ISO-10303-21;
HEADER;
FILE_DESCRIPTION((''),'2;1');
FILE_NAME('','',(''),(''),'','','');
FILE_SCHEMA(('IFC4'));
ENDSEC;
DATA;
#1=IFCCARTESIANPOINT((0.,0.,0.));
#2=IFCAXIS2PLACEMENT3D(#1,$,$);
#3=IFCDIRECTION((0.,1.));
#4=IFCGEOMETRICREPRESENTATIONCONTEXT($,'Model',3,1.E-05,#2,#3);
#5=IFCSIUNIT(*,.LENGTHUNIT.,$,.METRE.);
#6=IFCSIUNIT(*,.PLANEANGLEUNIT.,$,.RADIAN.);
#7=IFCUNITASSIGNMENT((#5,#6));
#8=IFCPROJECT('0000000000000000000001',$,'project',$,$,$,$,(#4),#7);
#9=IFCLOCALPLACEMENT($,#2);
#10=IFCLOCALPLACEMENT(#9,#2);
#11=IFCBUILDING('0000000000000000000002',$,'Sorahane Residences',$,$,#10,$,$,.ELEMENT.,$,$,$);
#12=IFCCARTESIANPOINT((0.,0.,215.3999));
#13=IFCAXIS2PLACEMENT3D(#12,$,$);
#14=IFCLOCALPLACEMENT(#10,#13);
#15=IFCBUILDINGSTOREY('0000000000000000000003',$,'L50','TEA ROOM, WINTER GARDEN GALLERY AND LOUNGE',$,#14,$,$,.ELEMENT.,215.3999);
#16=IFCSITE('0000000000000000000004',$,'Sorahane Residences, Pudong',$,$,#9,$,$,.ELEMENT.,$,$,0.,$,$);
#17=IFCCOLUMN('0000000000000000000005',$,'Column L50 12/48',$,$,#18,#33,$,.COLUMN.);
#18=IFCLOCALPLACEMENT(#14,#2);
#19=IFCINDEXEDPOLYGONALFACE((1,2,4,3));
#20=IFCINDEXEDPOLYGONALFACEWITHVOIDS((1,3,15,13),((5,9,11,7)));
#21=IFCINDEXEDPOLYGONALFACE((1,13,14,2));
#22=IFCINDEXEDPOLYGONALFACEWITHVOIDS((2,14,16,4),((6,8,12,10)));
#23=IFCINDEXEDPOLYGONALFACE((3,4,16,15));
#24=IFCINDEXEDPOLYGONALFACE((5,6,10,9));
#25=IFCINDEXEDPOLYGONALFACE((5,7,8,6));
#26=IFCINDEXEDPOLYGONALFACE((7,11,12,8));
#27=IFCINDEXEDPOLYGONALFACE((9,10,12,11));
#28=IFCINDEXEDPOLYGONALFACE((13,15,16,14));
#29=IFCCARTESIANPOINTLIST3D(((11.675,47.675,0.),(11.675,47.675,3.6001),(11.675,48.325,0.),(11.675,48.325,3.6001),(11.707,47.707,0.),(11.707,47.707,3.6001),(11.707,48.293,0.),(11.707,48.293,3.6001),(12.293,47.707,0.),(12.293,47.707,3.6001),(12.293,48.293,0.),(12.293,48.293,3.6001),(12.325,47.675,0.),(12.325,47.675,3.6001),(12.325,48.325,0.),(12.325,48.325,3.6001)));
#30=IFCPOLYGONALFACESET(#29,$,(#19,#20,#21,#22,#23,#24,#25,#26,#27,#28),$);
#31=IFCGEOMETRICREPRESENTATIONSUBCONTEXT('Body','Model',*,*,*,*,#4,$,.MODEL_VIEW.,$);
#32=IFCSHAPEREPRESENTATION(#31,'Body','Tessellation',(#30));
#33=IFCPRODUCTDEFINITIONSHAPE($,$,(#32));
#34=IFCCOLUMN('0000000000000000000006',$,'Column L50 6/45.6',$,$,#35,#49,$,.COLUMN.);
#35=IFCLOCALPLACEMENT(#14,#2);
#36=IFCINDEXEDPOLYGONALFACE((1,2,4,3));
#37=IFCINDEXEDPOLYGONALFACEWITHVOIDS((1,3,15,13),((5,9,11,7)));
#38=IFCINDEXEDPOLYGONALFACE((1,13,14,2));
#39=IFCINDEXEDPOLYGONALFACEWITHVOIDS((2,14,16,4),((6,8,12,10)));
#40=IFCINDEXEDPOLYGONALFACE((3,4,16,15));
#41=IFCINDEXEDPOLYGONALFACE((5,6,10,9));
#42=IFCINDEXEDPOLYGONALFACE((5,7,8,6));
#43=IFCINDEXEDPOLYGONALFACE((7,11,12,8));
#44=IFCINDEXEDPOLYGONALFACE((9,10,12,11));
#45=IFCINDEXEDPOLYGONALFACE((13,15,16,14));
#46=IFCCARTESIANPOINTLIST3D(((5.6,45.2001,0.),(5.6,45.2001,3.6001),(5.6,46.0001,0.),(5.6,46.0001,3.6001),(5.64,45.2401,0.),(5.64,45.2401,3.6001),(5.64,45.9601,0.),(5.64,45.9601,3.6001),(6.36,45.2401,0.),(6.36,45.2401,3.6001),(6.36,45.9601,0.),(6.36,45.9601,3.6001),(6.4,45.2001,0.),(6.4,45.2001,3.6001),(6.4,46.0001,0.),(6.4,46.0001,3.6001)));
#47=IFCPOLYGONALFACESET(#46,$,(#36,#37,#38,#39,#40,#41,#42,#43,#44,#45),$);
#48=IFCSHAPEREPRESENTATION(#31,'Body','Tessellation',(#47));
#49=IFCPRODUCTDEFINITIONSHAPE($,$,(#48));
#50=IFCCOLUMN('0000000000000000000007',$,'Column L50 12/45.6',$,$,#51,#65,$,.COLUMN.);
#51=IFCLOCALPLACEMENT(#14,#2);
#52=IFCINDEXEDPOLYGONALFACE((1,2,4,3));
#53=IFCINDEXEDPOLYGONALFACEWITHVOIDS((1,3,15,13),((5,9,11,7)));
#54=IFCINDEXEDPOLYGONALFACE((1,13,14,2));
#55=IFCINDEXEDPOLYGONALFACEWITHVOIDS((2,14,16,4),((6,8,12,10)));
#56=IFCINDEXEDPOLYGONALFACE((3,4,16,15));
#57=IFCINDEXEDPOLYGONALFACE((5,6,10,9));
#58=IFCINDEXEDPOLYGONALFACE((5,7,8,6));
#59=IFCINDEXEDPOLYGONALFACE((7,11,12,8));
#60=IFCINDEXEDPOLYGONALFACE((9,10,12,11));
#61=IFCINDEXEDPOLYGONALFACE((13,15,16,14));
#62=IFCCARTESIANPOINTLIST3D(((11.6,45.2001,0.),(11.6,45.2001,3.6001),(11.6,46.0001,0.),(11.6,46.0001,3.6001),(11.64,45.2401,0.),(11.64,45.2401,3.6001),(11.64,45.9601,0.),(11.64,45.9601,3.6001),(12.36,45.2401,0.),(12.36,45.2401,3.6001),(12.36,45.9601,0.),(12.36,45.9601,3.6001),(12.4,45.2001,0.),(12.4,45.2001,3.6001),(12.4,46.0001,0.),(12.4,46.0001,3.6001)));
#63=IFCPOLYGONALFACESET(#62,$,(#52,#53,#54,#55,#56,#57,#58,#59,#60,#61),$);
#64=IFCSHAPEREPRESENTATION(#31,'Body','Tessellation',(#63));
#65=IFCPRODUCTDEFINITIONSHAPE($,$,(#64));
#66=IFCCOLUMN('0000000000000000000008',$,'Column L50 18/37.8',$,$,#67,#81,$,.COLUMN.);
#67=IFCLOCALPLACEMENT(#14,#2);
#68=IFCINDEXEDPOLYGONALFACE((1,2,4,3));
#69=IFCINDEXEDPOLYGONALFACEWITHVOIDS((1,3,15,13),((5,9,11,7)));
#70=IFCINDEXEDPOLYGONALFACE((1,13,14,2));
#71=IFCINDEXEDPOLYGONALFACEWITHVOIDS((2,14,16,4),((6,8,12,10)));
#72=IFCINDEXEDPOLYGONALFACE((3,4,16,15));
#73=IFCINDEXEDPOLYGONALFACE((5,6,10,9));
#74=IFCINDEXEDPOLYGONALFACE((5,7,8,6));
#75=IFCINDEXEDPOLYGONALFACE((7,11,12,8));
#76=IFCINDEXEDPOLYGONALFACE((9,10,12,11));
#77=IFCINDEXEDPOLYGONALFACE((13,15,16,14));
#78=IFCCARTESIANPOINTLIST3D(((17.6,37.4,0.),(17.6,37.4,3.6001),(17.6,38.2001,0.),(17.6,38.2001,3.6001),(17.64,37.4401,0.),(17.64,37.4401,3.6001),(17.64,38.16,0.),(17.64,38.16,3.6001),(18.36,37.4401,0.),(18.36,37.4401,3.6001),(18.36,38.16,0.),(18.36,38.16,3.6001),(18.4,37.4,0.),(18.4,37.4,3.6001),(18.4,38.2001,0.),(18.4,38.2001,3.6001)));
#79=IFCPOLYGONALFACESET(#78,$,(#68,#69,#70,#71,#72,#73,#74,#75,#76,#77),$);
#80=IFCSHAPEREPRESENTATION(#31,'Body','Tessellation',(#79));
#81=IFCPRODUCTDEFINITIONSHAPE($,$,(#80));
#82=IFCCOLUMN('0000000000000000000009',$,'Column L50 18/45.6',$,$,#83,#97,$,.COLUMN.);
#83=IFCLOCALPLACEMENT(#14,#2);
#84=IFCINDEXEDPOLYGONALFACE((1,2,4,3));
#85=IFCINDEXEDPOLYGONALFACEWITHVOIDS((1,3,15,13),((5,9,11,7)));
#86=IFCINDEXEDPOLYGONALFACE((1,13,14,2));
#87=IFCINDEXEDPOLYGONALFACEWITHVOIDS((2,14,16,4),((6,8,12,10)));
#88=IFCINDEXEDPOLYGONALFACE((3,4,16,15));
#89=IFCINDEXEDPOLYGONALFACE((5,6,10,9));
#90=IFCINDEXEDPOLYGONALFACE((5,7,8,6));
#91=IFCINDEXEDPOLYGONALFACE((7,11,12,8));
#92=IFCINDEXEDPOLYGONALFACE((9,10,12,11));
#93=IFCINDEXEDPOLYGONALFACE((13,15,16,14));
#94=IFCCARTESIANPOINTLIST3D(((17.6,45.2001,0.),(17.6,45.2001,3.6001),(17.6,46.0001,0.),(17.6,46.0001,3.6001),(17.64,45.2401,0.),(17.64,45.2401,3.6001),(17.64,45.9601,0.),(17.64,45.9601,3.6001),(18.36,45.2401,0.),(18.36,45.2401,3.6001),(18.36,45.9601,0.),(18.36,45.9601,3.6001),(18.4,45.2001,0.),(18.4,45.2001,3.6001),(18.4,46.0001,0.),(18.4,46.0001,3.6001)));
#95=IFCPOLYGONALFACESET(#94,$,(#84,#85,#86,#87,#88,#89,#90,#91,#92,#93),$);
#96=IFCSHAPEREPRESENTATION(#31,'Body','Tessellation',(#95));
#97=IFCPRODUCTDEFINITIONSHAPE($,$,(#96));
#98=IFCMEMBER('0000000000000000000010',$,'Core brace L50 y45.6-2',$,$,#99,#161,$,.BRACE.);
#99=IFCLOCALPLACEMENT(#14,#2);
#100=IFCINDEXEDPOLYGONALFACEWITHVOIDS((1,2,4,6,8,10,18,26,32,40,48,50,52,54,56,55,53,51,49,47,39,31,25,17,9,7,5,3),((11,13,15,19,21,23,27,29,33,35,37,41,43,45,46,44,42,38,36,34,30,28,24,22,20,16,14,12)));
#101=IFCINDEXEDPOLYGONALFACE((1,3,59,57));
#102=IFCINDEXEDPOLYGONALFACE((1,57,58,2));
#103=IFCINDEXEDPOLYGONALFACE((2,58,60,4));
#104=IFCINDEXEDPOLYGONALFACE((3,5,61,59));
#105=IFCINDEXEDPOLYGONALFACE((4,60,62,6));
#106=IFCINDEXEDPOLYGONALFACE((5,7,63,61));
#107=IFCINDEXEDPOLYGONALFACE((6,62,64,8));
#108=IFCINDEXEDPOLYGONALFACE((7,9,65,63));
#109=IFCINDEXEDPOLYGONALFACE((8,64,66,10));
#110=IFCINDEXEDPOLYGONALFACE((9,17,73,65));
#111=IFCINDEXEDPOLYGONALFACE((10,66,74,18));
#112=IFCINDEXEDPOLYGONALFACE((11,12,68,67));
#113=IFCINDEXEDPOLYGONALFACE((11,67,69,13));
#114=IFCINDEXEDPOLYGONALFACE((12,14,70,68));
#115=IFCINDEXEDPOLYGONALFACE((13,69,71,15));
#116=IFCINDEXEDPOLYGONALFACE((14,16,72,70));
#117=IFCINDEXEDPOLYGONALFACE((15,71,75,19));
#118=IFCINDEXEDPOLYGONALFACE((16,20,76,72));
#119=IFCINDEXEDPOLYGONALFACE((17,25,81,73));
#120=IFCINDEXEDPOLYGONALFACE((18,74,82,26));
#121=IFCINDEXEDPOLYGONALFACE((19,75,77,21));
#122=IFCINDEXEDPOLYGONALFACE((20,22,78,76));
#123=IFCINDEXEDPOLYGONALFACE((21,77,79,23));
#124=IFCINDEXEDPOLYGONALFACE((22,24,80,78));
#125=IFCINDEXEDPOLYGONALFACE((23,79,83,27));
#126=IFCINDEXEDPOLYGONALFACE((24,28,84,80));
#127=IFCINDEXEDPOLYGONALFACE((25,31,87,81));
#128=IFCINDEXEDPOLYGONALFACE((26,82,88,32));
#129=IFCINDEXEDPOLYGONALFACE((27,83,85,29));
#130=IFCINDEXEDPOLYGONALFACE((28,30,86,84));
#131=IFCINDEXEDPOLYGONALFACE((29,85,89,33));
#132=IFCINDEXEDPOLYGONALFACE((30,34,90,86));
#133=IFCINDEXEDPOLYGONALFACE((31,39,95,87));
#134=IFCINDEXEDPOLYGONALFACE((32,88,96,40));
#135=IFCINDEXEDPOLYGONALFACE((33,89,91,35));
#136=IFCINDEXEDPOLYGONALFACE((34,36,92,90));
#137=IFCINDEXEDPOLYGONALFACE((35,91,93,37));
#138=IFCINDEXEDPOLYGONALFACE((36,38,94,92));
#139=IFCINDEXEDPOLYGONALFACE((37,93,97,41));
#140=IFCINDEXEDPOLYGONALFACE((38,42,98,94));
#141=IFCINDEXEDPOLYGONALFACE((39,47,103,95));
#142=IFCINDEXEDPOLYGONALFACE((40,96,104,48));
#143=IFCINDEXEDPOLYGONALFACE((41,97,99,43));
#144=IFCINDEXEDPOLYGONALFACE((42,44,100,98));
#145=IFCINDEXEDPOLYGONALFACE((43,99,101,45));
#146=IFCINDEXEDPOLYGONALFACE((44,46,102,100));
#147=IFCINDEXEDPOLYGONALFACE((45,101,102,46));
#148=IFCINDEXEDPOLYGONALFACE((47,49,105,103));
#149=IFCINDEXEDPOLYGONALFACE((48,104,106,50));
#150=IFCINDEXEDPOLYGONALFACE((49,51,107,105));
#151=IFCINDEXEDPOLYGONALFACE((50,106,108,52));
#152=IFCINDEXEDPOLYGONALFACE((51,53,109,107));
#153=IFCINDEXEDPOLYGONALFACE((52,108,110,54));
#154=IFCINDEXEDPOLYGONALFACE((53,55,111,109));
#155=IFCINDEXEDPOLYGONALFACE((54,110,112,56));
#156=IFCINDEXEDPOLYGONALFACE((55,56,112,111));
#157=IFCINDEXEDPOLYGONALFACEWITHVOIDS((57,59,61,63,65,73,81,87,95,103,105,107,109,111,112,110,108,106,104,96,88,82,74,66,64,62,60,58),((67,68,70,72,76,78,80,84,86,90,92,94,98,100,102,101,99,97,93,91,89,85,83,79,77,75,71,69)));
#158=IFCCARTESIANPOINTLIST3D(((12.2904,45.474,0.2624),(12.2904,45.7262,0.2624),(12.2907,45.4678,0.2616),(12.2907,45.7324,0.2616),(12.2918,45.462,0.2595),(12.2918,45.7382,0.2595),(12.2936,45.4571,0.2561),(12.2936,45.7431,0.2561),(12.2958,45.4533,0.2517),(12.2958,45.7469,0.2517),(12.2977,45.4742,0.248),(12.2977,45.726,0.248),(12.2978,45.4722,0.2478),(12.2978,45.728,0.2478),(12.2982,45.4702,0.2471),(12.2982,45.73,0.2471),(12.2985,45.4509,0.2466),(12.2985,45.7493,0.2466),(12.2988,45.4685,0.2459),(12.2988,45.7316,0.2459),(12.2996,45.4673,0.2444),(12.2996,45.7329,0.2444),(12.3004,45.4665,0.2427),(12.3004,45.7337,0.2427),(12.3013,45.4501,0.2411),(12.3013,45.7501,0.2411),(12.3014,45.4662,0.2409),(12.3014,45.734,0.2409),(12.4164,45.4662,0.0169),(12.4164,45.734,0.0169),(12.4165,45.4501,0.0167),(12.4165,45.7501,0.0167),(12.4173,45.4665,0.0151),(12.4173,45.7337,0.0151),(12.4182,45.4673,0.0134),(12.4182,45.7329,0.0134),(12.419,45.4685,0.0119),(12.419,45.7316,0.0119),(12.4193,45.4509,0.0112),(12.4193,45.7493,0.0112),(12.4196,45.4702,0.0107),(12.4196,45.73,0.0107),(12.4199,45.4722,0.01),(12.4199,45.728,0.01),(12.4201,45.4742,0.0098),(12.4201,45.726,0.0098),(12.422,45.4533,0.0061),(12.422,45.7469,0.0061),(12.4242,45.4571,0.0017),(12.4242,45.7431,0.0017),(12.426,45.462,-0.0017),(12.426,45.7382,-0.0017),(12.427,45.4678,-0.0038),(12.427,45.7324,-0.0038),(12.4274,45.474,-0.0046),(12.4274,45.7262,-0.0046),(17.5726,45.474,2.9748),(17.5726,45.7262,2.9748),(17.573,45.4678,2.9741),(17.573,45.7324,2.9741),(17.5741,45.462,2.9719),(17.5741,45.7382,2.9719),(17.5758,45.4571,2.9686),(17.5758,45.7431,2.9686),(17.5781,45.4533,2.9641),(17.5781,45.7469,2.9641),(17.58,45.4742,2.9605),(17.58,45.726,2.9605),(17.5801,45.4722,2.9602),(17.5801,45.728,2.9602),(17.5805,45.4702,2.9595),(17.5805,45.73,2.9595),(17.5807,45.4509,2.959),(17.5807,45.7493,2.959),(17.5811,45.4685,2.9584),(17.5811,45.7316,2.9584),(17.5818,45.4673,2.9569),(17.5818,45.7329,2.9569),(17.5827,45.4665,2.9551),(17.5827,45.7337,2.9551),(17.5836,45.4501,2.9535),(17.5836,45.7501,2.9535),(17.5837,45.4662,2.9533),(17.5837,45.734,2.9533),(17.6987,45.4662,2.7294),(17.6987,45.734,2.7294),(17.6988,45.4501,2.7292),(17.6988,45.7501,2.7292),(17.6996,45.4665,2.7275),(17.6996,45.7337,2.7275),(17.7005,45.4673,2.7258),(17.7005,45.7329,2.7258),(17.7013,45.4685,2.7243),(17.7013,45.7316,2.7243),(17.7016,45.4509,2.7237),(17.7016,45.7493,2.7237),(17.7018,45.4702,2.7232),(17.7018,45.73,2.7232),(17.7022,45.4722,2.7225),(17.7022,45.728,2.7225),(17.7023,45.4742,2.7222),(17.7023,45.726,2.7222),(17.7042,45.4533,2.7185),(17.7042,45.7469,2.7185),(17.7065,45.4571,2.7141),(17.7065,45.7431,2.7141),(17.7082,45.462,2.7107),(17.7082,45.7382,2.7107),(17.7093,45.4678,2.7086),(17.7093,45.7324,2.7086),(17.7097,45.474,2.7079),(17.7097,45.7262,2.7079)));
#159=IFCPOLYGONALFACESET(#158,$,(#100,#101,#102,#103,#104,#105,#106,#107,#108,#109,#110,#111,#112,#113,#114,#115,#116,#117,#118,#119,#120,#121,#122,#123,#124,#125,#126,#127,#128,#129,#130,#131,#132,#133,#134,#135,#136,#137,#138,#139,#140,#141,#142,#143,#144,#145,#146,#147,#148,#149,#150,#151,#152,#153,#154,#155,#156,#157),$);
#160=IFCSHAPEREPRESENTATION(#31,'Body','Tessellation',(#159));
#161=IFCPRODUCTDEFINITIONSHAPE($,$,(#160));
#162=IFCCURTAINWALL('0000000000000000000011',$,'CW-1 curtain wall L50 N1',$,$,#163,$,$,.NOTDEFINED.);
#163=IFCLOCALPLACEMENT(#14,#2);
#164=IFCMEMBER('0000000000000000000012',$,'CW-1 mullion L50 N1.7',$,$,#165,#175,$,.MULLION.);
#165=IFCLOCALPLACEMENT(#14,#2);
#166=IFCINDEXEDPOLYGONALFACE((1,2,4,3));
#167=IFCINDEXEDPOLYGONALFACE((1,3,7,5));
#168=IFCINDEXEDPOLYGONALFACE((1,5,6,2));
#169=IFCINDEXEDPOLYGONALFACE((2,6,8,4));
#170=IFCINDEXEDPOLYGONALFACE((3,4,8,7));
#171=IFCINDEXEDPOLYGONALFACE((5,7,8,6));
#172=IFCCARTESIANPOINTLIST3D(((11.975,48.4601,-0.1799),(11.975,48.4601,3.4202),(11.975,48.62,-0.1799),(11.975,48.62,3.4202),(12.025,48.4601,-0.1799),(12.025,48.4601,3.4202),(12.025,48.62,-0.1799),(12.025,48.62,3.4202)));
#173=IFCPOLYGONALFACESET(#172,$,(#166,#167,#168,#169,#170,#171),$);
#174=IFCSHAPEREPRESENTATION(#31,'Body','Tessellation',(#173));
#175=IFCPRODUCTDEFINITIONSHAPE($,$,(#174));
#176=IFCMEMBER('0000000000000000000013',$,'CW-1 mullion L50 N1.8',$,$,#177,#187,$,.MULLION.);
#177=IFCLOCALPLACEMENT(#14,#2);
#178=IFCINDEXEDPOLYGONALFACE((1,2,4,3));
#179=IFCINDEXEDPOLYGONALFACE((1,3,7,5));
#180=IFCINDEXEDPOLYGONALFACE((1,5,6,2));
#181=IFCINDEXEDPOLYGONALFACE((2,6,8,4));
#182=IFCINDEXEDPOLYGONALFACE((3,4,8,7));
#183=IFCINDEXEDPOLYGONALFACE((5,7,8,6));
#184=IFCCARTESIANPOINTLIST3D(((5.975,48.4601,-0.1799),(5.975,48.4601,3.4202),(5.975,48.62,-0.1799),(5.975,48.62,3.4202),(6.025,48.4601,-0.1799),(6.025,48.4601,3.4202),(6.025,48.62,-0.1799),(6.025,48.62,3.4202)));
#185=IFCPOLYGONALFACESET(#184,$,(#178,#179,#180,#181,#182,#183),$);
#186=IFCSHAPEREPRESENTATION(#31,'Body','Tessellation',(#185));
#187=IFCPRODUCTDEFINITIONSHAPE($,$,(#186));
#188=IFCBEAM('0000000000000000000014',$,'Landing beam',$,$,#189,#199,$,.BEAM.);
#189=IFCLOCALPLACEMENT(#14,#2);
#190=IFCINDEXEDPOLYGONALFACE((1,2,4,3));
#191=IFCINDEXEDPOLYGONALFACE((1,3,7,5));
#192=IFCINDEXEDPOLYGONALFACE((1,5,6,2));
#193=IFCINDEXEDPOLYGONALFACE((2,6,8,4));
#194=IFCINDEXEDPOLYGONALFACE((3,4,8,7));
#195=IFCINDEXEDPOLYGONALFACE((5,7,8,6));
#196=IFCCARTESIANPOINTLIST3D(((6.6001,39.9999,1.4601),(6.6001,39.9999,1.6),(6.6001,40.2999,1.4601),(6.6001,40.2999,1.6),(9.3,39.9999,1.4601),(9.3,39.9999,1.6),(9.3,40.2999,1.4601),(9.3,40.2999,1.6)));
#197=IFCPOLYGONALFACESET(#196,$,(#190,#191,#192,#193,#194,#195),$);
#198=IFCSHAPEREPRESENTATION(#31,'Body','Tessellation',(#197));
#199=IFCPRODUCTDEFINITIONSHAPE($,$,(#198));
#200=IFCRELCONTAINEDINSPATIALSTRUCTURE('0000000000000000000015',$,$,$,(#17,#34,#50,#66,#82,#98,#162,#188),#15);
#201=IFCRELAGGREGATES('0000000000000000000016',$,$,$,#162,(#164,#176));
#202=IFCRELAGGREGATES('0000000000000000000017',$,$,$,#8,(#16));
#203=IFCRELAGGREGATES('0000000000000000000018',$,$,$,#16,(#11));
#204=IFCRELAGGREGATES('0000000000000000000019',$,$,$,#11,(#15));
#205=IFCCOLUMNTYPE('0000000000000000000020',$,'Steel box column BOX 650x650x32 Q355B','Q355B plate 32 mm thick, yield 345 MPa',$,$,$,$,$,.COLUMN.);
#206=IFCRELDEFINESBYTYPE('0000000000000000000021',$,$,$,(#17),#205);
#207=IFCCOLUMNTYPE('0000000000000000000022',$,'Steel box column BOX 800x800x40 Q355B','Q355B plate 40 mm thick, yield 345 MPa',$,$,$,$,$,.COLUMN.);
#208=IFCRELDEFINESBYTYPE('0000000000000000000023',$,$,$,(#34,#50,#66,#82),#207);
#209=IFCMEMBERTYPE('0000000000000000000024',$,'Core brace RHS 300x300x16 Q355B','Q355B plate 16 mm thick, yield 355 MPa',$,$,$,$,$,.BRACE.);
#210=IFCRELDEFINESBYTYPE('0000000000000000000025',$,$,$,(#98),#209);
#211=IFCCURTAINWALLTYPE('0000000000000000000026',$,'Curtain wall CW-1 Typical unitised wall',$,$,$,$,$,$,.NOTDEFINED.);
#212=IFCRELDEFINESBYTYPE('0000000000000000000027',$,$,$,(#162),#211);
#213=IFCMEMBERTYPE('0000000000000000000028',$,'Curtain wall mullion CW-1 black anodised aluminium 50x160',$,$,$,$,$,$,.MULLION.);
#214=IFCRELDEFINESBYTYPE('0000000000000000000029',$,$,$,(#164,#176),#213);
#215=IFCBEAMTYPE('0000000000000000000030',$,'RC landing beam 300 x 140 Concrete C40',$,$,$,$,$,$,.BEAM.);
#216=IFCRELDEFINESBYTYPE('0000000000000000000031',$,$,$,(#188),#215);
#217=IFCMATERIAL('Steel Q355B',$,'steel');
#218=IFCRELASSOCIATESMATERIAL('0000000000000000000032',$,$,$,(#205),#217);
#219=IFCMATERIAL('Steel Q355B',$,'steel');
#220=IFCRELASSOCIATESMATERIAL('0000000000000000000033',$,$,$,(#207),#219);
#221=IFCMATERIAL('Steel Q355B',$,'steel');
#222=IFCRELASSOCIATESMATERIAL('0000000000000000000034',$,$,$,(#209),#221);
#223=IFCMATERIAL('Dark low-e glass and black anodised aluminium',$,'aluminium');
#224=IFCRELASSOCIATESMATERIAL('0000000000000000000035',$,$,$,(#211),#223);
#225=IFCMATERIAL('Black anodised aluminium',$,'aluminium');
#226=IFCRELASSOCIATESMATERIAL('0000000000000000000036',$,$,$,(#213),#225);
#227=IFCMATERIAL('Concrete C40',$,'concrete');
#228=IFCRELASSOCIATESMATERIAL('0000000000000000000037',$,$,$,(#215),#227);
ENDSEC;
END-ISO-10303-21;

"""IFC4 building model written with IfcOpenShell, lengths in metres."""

from ifc_helpers import new_model, si_unit, direction, frame, origin, origin_2d, place, context, subcontext, project, spatial, rectangle, hollow_rectangle, extrude, material, material_profile, profile_set, type_object, element, aggregate, save


model = new_model("IFC4")

# Units and contexts
model_context = context("Model", 3, precision=1e-05, world=origin(), true_north=direction((0.0, 1.0)))
body_context = subcontext(model_context, "Body", "Model", "MODEL_VIEW")
ifc_project = project(units=[si_unit("LENGTHUNIT", "METRE"), si_unit("PLANEANGLEUNIT", "RADIAN")], contexts=[model_context])

# Site, building, storey
site_placement = place(None, origin())
site = spatial("IfcSite", under=ifc_project, at=site_placement, Name="Sorahane Residences, Pudong", CompositionType="ELEMENT", RefElevation=0.0)
building_placement = place(site_placement, origin())
building = spatial("IfcBuilding", under=site, at=building_placement, Name="Sorahane Residences", CompositionType="ELEMENT")
storey_placement = place(building_placement, frame((0.0, 0.0, 215.3999)))
storey = spatial("IfcBuildingStorey", under=building, at=storey_placement, Name="L50", Description="TEA ROOM, WINTER GARDEN GALLERY AND LOUNGE", CompositionType="ELEMENT", Elevation=215.3999)

# Columns
ifc_material_1 = material(Name="Steel Q355B", Category="steel")
ifc_material_profile_1 = material_profile(ifc_material_1, hollow_rectangle(XDim=0.6499, YDim=0.6499, WallThickness=0.032, at=origin_2d()), Name="BOX 650x650x32")
ifc_profile_set_1 = profile_set([ifc_material_profile_1], Name="Steel Q355B")
column_type_1 = type_object("IfcColumnType", Name="Steel box column BOX 650x650x32 Q355B", Description="Q355B plate 32 mm thick, yield 345 MPa", PredefinedType="COLUMN", material=ifc_profile_set_1)
column_placement = place(storey_placement, frame((12.0, 48.0, 0.0), z_axis=(0.0, 0.0, 1.0), x_axis=(1.0, 0.0, 0.0)))
element("IfcColumn", 1, at=column_placement, inside=storey, type_object=column_type_1, Name="Column L50 12/48", PredefinedType="COLUMN", context=body_context, shape_type="SweptSolid", body=[
    extrude(hollow_rectangle(XDim=0.6499, YDim=0.6499, WallThickness=0.032, at=origin_2d()), origin(), (0.0, 0.0, 1.0), 3.6001),
])
ifc_material_2 = material(Name="Steel Q355B", Category="steel")
ifc_material_profile_2 = material_profile(ifc_material_2, hollow_rectangle(XDim=0.8, YDim=0.8, WallThickness=0.04, at=origin_2d()), Name="BOX 800x800x40")
ifc_profile_set_2 = profile_set([ifc_material_profile_2], Name="Steel Q355B")
column_type_2 = type_object("IfcColumnType", Name="Steel box column BOX 800x800x40 Q355B", Description="Q355B plate 40 mm thick, yield 345 MPa", PredefinedType="COLUMN", material=ifc_profile_set_2)
for number, where, z_axis, x_axis, name in (
    (2, (6.0, 45.6001, 0.0), (0.0, 0.0, 1.0), (1.0, 0.0, 0.0), "Column L50 6/45.6"),
    (3, (12.0, 45.6001, 0.0), (0.0, 0.0, 1.0), (1.0, 0.0, 0.0), "Column L50 12/45.6"),
    (4, (18.0, 37.8, 0.0), (0.0, 0.0, 1.0), (1.0, 0.0, 0.0), "Column L50 18/37.8"),
    (5, (18.0, 45.6001, 0.0), (0.0, 0.0, 1.0), (1.0, 0.0, 0.0), "Column L50 18/45.6"),
):
    element("IfcColumn", number, at=place(storey_placement, frame(where, z_axis=z_axis, x_axis=x_axis)), inside=storey, type_object=column_type_2, Name=name, PredefinedType="COLUMN", context=body_context, shape_type="SweptSolid", body=[
        extrude(hollow_rectangle(XDim=0.8, YDim=0.8, WallThickness=0.04, at=origin_2d()), origin(), (0.0, 0.0, 1.0), 3.6001),
    ])

# Member
ifc_material_3 = material(Name="Steel Q355B", Category="steel")
ifc_material_profile_3 = material_profile(ifc_material_3, hollow_rectangle(XDim=0.3, YDim=0.3, WallThickness=0.0161, InnerFilletRadius=0.0081, OuterFilletRadius=0.0239, at=origin_2d()), Name="RHS 300x300x16")
ifc_profile_set_3 = profile_set([ifc_material_profile_3], Name="Steel Q355B")
member_type_1 = type_object("IfcMemberType", Name="Core brace RHS 300x300x16 Q355B", Description="Q355B plate 16 mm thick, yield 355 MPa", PredefinedType="BRACE", material=ifc_profile_set_3)
member_1_placement = place(storey_placement, frame((12.3589, 45.6001, 0.1289), z_axis=(0.889573, 0.0, 0.456792), x_axis=(0.0, 1.0, 0.0)))
element("IfcMember", 6, at=member_1_placement, inside=storey, type_object=member_type_1, Name="Core brace L50 y45.6-2", PredefinedType="BRACE", context=body_context, shape_type="SweptSolid", body=[
    extrude(hollow_rectangle(XDim=0.3, YDim=0.3, WallThickness=0.0161, InnerFilletRadius=0.0081, OuterFilletRadius=0.0239, at=origin_2d()), origin(), (0.0, 0.0, 1.0), 5.938),
])

# Curtain wall, members
ifc_material_4 = material(Name="Dark low-e glass and black anodised aluminium", Category="aluminium")
curtain_wall_type = type_object("IfcCurtainWallType", Name="Curtain wall CW-1 Typical unitised wall", PredefinedType="NOTDEFINED", material=ifc_material_4)
curtain_wall_placement = place(storey_placement, origin())
curtain_wall = element("IfcCurtainWall", 7, at=curtain_wall_placement, inside=storey, type_object=curtain_wall_type, Name="CW-1 curtain wall L50 N1", PredefinedType="NOTDEFINED")
ifc_material_5 = material(Name="Black anodised aluminium", Category="aluminium")
ifc_material_profile_4 = material_profile(ifc_material_5, rectangle(XDim=0.1599, YDim=0.05, at=origin_2d()), Name="Curtain wall mullion CW-1 black anodised aluminium 50x160")
ifc_profile_set_4 = profile_set([ifc_material_profile_4], Name="Black anodised aluminium")
member_type_2 = type_object("IfcMemberType", Name="Curtain wall mullion CW-1 black anodised aluminium 50x160", PredefinedType="MULLION", material=ifc_profile_set_4)
member_2_placement = place(storey_placement, frame((12.0, 48.54, -0.1799), z_axis=(0.0, 0.0, 1.0), x_axis=(0.0, 1.0, 0.0)))
member_2 = element("IfcMember", 8, at=member_2_placement, type_object=member_type_2, Name="CW-1 mullion L50 N1.7", PredefinedType="MULLION", context=body_context, shape_type="SweptSolid", body=[
    extrude(rectangle(XDim=0.1599, YDim=0.05, at=origin_2d()), origin(), (0.0, 0.0, 1.0), 3.6001),
])
member_3_placement = place(storey_placement, frame((6.0, 48.54, -0.1799), z_axis=(0.0, 0.0, 1.0), x_axis=(0.0, 1.0, 0.0)))
member_3 = element("IfcMember", 9, at=member_3_placement, type_object=member_type_2, Name="CW-1 mullion L50 N1.8", PredefinedType="MULLION", context=body_context, shape_type="SweptSolid", body=[
    extrude(rectangle(XDim=0.1599, YDim=0.05, at=origin_2d()), origin(), (0.0, 0.0, 1.0), 3.6001),
])

# Beam
ifc_material_6 = material(Name="Concrete C40", Category="concrete")
ifc_material_profile_5 = material_profile(ifc_material_6, rectangle(XDim=0.3, YDim=0.1399, at=origin_2d()), Name="300x140")
ifc_profile_set_5 = profile_set([ifc_material_profile_5], Name="Concrete C40")
beam_type_1 = type_object("IfcBeamType", Name="RC landing beam 300 x 140 Concrete C40", PredefinedType="BEAM", material=ifc_profile_set_5)
beam_1_placement = place(storey_placement, frame((6.6001, 40.1499, 1.53), z_axis=(1.0, 0.0, 0.0), x_axis=(0.0, 1.0, 0.0)))
element("IfcBeam", 10, at=beam_1_placement, inside=storey, type_object=beam_type_1, Name="Landing beam", PredefinedType="BEAM", context=body_context, shape_type="SweptSolid", body=[
    extrude(rectangle(XDim=0.3, YDim=0.1399, at=origin_2d()), origin(), (0.0, 0.0, 1.0), 2.7),
])

aggregate(curtain_wall, [member_2, member_3])

save(model, "model.ifc")
